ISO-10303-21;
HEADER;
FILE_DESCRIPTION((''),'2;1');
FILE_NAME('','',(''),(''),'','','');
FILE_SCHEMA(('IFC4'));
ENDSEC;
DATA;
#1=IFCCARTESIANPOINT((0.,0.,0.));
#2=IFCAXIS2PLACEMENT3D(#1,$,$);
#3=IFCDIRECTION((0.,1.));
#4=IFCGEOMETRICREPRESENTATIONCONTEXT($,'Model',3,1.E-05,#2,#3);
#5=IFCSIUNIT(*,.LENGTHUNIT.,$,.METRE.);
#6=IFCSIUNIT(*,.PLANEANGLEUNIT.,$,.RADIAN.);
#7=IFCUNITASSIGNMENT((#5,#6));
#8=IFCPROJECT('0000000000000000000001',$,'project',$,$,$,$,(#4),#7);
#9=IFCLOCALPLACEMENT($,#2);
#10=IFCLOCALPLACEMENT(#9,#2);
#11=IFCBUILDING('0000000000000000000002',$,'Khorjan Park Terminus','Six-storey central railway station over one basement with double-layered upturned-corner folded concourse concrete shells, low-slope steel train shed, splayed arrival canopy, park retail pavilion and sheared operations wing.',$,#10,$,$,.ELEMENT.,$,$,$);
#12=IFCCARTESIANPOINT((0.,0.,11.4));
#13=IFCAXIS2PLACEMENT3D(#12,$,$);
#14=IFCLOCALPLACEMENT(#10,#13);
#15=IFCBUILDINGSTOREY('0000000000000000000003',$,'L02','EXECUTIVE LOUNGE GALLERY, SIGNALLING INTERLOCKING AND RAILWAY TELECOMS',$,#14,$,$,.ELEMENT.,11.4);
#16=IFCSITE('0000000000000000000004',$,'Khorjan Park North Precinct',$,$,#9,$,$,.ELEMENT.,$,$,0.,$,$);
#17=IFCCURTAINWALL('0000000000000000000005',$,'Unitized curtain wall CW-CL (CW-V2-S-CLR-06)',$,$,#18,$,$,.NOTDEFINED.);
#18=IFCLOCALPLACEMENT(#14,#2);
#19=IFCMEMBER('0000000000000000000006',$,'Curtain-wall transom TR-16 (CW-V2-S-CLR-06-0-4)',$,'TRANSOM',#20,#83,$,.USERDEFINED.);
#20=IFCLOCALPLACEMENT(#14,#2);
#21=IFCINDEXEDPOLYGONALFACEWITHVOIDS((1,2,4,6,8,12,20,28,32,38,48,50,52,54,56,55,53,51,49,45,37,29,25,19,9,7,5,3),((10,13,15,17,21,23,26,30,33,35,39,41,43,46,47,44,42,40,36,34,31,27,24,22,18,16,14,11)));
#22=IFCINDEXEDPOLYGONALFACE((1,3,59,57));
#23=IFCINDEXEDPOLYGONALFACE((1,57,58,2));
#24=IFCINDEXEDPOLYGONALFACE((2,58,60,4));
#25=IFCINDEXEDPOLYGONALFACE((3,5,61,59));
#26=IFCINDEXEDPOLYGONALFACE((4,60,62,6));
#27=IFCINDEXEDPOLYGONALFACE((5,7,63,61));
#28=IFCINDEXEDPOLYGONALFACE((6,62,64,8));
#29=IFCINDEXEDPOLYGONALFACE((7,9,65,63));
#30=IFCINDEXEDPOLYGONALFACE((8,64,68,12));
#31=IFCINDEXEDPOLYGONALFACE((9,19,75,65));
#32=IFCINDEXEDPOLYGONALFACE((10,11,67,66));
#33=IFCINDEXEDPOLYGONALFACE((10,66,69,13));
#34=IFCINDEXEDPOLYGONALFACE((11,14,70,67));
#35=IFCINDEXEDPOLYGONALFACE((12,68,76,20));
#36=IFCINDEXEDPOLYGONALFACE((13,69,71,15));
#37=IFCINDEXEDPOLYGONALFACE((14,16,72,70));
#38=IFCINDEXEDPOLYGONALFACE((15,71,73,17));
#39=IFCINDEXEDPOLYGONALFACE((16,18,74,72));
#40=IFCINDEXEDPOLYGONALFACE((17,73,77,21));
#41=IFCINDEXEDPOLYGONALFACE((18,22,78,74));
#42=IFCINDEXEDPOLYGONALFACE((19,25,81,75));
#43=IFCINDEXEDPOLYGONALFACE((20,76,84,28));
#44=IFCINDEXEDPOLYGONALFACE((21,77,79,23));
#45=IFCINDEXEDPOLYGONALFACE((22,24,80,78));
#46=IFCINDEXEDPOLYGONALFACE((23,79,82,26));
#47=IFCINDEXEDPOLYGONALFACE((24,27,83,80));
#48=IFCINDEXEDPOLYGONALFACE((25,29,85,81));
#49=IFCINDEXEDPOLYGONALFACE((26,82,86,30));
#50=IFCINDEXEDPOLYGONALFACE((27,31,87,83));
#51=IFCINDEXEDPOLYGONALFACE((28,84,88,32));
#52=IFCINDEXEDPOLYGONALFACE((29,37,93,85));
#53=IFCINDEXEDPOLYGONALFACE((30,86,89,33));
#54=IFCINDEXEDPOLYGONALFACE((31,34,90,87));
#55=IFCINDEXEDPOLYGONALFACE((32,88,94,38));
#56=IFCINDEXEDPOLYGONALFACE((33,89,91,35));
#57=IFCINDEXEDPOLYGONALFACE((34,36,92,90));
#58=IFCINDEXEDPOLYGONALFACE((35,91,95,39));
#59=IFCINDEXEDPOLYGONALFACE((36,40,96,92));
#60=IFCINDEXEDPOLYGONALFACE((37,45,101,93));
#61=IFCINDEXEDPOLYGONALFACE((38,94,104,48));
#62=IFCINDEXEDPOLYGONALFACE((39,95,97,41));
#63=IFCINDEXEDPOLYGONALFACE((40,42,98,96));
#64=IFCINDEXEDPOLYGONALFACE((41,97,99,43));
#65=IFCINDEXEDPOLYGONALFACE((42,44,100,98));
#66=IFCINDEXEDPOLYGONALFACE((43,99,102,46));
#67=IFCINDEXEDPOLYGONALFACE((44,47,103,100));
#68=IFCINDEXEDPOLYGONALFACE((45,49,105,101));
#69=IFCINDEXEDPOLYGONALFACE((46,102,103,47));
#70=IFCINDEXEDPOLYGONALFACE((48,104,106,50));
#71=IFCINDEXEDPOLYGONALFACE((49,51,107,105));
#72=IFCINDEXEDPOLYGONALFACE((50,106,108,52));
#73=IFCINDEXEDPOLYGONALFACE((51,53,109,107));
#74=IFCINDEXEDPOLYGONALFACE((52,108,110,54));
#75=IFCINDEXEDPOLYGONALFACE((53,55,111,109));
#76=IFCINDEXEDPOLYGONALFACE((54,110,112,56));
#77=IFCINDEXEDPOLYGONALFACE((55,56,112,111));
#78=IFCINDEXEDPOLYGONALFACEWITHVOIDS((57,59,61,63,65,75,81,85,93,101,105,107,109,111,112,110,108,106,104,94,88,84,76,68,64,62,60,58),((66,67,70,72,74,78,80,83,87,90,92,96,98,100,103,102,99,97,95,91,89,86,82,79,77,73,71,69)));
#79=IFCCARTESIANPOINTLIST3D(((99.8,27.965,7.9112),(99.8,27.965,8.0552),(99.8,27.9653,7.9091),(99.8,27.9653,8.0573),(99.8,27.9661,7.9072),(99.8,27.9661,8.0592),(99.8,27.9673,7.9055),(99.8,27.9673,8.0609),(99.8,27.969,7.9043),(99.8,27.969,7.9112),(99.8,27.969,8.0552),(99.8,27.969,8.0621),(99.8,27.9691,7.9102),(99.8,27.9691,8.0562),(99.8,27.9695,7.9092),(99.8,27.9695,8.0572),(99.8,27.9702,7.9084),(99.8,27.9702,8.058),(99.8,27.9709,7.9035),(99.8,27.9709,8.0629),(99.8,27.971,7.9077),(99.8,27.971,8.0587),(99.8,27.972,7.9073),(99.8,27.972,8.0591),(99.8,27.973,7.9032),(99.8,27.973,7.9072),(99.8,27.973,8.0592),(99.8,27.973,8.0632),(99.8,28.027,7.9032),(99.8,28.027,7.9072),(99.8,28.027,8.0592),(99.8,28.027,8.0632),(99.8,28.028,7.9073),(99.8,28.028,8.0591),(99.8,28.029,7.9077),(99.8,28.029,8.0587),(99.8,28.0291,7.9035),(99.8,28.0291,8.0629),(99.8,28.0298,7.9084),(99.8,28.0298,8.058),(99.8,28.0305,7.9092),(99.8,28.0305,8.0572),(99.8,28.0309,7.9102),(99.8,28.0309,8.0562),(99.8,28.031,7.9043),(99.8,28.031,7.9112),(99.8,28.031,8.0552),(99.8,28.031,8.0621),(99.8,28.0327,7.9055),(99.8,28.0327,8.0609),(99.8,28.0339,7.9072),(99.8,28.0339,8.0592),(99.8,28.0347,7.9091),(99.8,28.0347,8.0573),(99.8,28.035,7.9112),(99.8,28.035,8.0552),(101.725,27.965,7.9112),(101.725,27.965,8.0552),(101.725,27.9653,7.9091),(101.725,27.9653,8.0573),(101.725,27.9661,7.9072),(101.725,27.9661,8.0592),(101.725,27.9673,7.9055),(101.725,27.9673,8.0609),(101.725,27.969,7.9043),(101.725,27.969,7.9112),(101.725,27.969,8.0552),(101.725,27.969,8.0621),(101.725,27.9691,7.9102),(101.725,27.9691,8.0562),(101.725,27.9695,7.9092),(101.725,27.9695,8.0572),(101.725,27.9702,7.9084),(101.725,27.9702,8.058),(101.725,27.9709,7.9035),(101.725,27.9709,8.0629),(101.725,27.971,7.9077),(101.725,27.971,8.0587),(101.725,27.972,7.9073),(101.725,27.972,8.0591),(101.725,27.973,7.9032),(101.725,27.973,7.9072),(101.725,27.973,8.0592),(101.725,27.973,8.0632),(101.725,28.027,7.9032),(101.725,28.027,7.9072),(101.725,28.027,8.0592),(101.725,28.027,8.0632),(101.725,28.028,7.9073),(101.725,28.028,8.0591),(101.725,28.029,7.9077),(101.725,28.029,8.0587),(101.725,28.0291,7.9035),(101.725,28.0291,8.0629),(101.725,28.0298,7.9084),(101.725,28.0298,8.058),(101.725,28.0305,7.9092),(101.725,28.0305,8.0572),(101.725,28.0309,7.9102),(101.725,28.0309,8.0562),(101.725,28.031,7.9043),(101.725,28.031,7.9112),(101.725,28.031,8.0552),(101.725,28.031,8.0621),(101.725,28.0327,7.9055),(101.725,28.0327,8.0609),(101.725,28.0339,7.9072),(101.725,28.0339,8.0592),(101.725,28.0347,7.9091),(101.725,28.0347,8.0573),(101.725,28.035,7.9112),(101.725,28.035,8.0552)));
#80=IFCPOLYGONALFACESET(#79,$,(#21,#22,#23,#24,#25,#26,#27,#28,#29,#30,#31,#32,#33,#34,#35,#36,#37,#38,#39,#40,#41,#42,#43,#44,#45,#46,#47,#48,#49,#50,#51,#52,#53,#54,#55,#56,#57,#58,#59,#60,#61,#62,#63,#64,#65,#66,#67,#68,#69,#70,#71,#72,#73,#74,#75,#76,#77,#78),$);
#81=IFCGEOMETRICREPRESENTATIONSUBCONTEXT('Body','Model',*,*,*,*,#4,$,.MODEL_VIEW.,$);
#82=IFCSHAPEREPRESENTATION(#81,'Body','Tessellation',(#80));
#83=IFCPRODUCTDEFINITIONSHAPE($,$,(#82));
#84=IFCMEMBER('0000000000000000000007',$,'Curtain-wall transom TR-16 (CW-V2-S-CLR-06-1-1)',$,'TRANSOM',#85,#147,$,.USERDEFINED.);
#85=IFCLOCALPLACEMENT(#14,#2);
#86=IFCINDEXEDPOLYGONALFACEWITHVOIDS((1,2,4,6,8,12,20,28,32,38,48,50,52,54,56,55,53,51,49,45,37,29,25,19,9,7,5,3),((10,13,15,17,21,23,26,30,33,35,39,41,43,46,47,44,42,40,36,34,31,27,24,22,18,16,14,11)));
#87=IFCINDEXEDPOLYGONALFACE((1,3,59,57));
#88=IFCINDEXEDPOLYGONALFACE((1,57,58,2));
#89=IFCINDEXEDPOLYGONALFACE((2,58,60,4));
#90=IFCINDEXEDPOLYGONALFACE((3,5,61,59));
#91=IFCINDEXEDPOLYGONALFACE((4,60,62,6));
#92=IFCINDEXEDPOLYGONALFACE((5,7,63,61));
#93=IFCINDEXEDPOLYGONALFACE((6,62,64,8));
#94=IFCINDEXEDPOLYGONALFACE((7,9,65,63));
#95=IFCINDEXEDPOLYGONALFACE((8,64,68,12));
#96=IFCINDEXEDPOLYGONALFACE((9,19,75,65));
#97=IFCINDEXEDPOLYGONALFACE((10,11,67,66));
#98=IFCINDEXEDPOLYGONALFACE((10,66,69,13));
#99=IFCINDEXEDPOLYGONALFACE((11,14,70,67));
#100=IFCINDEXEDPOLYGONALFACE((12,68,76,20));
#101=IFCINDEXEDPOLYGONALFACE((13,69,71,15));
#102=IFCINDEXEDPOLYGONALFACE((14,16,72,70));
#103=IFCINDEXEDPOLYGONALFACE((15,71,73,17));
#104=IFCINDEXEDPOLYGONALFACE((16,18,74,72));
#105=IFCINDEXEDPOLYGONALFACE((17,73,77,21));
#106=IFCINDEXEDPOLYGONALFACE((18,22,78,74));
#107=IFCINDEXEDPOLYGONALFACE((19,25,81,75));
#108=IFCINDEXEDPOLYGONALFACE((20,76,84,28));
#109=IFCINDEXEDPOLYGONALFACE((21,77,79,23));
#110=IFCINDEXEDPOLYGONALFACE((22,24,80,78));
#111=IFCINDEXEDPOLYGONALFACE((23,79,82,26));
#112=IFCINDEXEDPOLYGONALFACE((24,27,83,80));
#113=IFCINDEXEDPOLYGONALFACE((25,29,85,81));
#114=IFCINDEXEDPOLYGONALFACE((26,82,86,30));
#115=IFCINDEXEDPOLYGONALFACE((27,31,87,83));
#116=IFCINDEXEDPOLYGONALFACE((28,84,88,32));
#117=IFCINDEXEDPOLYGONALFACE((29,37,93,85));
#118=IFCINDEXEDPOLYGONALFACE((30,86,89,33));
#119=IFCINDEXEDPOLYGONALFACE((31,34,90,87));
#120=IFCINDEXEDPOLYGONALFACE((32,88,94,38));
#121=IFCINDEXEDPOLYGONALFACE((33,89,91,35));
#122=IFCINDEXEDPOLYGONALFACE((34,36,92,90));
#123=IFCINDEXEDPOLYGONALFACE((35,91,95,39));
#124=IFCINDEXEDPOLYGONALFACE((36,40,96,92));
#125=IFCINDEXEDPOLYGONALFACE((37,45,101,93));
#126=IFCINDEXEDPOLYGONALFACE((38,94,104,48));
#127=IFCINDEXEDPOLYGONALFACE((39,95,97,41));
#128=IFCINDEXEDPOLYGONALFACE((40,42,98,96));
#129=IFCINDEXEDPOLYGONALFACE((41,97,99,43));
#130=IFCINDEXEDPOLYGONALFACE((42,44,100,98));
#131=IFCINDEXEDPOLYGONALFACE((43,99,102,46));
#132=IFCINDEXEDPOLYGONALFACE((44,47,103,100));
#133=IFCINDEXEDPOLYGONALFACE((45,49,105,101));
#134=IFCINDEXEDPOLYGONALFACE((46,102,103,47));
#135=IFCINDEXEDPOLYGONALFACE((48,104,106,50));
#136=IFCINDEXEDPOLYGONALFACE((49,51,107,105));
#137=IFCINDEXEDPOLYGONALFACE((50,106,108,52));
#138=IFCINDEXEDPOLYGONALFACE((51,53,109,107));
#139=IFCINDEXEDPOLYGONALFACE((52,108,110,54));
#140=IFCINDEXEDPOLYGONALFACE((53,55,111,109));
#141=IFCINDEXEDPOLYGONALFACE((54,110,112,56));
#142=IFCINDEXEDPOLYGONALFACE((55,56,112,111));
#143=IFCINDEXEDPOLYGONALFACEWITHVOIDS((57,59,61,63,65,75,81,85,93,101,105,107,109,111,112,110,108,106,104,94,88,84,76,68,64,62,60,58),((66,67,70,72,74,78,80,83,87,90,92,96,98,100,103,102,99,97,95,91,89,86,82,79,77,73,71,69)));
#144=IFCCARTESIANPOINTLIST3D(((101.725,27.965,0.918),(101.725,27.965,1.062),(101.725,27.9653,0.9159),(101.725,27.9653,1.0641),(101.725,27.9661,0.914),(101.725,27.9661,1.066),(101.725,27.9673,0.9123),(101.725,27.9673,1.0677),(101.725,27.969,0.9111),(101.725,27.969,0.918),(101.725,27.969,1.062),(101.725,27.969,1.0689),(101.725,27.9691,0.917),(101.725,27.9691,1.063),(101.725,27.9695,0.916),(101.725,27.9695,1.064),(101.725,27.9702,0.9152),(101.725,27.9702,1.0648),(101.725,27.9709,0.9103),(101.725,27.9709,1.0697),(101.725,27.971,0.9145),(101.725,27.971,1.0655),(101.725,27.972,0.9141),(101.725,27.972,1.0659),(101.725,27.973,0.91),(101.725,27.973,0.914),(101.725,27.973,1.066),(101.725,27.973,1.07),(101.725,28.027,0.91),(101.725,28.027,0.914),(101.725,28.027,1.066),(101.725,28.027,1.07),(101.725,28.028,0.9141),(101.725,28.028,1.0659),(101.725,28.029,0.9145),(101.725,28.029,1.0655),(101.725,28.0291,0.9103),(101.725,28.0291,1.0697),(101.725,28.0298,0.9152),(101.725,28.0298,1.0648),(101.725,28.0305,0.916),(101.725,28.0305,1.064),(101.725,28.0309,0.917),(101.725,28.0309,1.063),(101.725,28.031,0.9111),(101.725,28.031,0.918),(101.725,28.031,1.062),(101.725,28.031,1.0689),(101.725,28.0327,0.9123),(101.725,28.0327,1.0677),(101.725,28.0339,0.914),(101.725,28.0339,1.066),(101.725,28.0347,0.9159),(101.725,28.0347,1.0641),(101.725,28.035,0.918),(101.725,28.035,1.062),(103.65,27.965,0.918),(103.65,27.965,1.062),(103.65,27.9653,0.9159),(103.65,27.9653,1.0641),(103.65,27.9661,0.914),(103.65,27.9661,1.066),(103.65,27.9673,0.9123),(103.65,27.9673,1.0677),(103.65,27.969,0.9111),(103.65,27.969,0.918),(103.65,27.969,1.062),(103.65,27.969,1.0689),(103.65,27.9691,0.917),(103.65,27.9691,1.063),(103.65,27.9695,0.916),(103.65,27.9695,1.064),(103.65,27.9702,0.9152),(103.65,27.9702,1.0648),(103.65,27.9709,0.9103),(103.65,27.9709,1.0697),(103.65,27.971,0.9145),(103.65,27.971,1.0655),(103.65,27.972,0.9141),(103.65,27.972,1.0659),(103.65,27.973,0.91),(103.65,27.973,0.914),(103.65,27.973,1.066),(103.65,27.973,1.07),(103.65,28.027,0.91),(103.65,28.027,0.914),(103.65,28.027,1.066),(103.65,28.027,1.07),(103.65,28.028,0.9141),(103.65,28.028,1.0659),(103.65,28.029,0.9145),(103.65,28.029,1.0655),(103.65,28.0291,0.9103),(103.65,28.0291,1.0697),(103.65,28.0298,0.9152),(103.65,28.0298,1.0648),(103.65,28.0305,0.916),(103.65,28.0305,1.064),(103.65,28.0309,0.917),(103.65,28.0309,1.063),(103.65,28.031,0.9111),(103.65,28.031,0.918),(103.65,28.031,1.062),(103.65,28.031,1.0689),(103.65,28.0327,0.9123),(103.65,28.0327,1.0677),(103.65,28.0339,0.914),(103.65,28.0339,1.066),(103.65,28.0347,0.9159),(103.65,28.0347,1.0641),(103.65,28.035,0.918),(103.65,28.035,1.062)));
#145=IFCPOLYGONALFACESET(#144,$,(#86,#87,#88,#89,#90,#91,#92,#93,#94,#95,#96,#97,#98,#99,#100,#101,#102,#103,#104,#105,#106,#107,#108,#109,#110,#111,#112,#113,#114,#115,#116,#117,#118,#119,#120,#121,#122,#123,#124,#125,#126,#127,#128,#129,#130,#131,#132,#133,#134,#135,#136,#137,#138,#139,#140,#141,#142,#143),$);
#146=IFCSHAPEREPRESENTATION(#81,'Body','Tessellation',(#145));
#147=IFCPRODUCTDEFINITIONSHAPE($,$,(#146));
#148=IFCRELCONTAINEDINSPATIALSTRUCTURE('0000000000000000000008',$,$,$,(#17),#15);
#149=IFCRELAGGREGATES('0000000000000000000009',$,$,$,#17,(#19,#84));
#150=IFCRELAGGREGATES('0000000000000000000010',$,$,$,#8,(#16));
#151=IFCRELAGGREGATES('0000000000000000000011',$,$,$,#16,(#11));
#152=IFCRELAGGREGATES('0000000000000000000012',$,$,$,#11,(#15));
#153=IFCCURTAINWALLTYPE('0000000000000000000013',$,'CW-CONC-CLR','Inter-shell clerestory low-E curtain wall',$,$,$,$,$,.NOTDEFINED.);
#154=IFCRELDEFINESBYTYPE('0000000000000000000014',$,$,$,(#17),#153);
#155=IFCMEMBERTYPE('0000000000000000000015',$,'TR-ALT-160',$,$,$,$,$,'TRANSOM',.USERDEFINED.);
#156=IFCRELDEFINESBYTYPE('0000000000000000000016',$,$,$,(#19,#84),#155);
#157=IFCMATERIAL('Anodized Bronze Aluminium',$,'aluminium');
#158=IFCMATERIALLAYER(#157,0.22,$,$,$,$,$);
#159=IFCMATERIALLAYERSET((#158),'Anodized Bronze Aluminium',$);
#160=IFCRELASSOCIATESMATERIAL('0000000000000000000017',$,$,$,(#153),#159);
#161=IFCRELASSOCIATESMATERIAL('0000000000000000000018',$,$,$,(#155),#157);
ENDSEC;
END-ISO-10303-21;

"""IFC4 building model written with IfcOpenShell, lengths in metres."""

from ifc_helpers import new_model, si_unit, direction, frame, origin, origin_2d, place, context, subcontext, project, spatial, hollow_rectangle, extrude, material, layer, layer_set, material_profile, profile_set, type_object, element, aggregate, save


model = new_model("IFC4")

# Units and contexts
model_context = context("Model", 3, precision=1e-05, world=origin(), true_north=direction((0.0, 1.0)))
body_context = subcontext(model_context, "Body", "Model", "MODEL_VIEW")
ifc_project = project(units=[si_unit("LENGTHUNIT", "METRE"), si_unit("PLANEANGLEUNIT", "RADIAN")], contexts=[model_context])

# Site, building, storey
site_placement = place(None, origin())
site = spatial("IfcSite", under=ifc_project, at=site_placement, Name="Khorjan Park North Precinct", CompositionType="ELEMENT", RefElevation=0.0)
building_placement = place(site_placement, origin())
building = spatial("IfcBuilding", under=site, at=building_placement, Name="Khorjan Park Terminus", Description="Six-storey central railway station over one basement with double-layered upturned-corner folded concourse concrete shells, low-slope steel train shed, splayed arrival canopy, park retail pavilion and sheared operations wing.", CompositionType="ELEMENT")
storey_placement = place(building_placement, frame((0.0, 0.0, 11.4)))
storey = spatial("IfcBuildingStorey", under=building, at=storey_placement, Name="L02", Description="EXECUTIVE LOUNGE GALLERY, SIGNALLING INTERLOCKING AND RAILWAY TELECOMS", CompositionType="ELEMENT", Elevation=11.4)

# Curtain wall
ifc_material_1 = material(Name="Anodized Bronze Aluminium", Category="aluminium")
ifc_layer_1 = layer(ifc_material_1, 0.22)
ifc_layer_set_1 = layer_set([ifc_layer_1], Name="Anodized Bronze Aluminium")
curtain_wall_type = type_object("IfcCurtainWallType", Name="CW-CONC-CLR", Description="Inter-shell clerestory low-E curtain wall", PredefinedType="NOTDEFINED", material=ifc_layer_set_1)
curtain_wall_1_placement = place(storey_placement, origin())
curtain_wall_1 = element("IfcCurtainWall", 1, at=curtain_wall_1_placement, inside=storey, type_object=curtain_wall_type, Name="Unitized curtain wall CW-CL (CW-V2-S-CLR-06)", PredefinedType="NOTDEFINED")

# Members
ifc_material_profile_1 = material_profile(ifc_material_1, hollow_rectangle(XDim=0.07, YDim=0.16, WallThickness=0.004, InnerFilletRadius=0.004, OuterFilletRadius=0.008, at=origin_2d()), Name="ALT 70x160x4")
ifc_profile_set_1 = profile_set([ifc_material_profile_1], Name="Anodized Bronze Aluminium")
member_type_1 = type_object("IfcMemberType", Name="TR-ALT-160", ElementType="TRANSOM", PredefinedType="USERDEFINED", material=ifc_profile_set_1)
member_1_placement = place(storey_placement, frame((99.8, 28.0, 7.9832), z_axis=(1.0, 0.0, 0.0), x_axis=(0.0, 1.0, 0.0)))
member_1 = element("IfcMember", 2, at=member_1_placement, type_object=member_type_1, Name="Curtain-wall transom TR-16 (CW-V2-S-CLR-06-0-4)", ObjectType="TRANSOM", PredefinedType="USERDEFINED", context=body_context, shape_type="SweptSolid", body=[
    extrude(hollow_rectangle(XDim=0.07, YDim=0.16, WallThickness=0.004, InnerFilletRadius=0.004, OuterFilletRadius=0.008, at=origin_2d()), origin(), (0.0, 0.0, 1.0), 1.925),
])
member_2_placement = place(storey_placement, frame((101.725, 28.0, 0.99), z_axis=(1.0, 0.0, 0.0), x_axis=(0.0, 1.0, 0.0)))
member_2 = element("IfcMember", 3, at=member_2_placement, type_object=member_type_1, Name="Curtain-wall transom TR-16 (CW-V2-S-CLR-06-1-1)", ObjectType="TRANSOM", PredefinedType="USERDEFINED", context=body_context, shape_type="SweptSolid", body=[
    extrude(hollow_rectangle(XDim=0.07, YDim=0.16, WallThickness=0.004, InnerFilletRadius=0.004, OuterFilletRadius=0.008, at=origin_2d()), origin(), (0.0, 0.0, 1.0), 1.925),
])

aggregate(curtain_wall_1, [member_1, member_2])

save(model, "model.ifc")
